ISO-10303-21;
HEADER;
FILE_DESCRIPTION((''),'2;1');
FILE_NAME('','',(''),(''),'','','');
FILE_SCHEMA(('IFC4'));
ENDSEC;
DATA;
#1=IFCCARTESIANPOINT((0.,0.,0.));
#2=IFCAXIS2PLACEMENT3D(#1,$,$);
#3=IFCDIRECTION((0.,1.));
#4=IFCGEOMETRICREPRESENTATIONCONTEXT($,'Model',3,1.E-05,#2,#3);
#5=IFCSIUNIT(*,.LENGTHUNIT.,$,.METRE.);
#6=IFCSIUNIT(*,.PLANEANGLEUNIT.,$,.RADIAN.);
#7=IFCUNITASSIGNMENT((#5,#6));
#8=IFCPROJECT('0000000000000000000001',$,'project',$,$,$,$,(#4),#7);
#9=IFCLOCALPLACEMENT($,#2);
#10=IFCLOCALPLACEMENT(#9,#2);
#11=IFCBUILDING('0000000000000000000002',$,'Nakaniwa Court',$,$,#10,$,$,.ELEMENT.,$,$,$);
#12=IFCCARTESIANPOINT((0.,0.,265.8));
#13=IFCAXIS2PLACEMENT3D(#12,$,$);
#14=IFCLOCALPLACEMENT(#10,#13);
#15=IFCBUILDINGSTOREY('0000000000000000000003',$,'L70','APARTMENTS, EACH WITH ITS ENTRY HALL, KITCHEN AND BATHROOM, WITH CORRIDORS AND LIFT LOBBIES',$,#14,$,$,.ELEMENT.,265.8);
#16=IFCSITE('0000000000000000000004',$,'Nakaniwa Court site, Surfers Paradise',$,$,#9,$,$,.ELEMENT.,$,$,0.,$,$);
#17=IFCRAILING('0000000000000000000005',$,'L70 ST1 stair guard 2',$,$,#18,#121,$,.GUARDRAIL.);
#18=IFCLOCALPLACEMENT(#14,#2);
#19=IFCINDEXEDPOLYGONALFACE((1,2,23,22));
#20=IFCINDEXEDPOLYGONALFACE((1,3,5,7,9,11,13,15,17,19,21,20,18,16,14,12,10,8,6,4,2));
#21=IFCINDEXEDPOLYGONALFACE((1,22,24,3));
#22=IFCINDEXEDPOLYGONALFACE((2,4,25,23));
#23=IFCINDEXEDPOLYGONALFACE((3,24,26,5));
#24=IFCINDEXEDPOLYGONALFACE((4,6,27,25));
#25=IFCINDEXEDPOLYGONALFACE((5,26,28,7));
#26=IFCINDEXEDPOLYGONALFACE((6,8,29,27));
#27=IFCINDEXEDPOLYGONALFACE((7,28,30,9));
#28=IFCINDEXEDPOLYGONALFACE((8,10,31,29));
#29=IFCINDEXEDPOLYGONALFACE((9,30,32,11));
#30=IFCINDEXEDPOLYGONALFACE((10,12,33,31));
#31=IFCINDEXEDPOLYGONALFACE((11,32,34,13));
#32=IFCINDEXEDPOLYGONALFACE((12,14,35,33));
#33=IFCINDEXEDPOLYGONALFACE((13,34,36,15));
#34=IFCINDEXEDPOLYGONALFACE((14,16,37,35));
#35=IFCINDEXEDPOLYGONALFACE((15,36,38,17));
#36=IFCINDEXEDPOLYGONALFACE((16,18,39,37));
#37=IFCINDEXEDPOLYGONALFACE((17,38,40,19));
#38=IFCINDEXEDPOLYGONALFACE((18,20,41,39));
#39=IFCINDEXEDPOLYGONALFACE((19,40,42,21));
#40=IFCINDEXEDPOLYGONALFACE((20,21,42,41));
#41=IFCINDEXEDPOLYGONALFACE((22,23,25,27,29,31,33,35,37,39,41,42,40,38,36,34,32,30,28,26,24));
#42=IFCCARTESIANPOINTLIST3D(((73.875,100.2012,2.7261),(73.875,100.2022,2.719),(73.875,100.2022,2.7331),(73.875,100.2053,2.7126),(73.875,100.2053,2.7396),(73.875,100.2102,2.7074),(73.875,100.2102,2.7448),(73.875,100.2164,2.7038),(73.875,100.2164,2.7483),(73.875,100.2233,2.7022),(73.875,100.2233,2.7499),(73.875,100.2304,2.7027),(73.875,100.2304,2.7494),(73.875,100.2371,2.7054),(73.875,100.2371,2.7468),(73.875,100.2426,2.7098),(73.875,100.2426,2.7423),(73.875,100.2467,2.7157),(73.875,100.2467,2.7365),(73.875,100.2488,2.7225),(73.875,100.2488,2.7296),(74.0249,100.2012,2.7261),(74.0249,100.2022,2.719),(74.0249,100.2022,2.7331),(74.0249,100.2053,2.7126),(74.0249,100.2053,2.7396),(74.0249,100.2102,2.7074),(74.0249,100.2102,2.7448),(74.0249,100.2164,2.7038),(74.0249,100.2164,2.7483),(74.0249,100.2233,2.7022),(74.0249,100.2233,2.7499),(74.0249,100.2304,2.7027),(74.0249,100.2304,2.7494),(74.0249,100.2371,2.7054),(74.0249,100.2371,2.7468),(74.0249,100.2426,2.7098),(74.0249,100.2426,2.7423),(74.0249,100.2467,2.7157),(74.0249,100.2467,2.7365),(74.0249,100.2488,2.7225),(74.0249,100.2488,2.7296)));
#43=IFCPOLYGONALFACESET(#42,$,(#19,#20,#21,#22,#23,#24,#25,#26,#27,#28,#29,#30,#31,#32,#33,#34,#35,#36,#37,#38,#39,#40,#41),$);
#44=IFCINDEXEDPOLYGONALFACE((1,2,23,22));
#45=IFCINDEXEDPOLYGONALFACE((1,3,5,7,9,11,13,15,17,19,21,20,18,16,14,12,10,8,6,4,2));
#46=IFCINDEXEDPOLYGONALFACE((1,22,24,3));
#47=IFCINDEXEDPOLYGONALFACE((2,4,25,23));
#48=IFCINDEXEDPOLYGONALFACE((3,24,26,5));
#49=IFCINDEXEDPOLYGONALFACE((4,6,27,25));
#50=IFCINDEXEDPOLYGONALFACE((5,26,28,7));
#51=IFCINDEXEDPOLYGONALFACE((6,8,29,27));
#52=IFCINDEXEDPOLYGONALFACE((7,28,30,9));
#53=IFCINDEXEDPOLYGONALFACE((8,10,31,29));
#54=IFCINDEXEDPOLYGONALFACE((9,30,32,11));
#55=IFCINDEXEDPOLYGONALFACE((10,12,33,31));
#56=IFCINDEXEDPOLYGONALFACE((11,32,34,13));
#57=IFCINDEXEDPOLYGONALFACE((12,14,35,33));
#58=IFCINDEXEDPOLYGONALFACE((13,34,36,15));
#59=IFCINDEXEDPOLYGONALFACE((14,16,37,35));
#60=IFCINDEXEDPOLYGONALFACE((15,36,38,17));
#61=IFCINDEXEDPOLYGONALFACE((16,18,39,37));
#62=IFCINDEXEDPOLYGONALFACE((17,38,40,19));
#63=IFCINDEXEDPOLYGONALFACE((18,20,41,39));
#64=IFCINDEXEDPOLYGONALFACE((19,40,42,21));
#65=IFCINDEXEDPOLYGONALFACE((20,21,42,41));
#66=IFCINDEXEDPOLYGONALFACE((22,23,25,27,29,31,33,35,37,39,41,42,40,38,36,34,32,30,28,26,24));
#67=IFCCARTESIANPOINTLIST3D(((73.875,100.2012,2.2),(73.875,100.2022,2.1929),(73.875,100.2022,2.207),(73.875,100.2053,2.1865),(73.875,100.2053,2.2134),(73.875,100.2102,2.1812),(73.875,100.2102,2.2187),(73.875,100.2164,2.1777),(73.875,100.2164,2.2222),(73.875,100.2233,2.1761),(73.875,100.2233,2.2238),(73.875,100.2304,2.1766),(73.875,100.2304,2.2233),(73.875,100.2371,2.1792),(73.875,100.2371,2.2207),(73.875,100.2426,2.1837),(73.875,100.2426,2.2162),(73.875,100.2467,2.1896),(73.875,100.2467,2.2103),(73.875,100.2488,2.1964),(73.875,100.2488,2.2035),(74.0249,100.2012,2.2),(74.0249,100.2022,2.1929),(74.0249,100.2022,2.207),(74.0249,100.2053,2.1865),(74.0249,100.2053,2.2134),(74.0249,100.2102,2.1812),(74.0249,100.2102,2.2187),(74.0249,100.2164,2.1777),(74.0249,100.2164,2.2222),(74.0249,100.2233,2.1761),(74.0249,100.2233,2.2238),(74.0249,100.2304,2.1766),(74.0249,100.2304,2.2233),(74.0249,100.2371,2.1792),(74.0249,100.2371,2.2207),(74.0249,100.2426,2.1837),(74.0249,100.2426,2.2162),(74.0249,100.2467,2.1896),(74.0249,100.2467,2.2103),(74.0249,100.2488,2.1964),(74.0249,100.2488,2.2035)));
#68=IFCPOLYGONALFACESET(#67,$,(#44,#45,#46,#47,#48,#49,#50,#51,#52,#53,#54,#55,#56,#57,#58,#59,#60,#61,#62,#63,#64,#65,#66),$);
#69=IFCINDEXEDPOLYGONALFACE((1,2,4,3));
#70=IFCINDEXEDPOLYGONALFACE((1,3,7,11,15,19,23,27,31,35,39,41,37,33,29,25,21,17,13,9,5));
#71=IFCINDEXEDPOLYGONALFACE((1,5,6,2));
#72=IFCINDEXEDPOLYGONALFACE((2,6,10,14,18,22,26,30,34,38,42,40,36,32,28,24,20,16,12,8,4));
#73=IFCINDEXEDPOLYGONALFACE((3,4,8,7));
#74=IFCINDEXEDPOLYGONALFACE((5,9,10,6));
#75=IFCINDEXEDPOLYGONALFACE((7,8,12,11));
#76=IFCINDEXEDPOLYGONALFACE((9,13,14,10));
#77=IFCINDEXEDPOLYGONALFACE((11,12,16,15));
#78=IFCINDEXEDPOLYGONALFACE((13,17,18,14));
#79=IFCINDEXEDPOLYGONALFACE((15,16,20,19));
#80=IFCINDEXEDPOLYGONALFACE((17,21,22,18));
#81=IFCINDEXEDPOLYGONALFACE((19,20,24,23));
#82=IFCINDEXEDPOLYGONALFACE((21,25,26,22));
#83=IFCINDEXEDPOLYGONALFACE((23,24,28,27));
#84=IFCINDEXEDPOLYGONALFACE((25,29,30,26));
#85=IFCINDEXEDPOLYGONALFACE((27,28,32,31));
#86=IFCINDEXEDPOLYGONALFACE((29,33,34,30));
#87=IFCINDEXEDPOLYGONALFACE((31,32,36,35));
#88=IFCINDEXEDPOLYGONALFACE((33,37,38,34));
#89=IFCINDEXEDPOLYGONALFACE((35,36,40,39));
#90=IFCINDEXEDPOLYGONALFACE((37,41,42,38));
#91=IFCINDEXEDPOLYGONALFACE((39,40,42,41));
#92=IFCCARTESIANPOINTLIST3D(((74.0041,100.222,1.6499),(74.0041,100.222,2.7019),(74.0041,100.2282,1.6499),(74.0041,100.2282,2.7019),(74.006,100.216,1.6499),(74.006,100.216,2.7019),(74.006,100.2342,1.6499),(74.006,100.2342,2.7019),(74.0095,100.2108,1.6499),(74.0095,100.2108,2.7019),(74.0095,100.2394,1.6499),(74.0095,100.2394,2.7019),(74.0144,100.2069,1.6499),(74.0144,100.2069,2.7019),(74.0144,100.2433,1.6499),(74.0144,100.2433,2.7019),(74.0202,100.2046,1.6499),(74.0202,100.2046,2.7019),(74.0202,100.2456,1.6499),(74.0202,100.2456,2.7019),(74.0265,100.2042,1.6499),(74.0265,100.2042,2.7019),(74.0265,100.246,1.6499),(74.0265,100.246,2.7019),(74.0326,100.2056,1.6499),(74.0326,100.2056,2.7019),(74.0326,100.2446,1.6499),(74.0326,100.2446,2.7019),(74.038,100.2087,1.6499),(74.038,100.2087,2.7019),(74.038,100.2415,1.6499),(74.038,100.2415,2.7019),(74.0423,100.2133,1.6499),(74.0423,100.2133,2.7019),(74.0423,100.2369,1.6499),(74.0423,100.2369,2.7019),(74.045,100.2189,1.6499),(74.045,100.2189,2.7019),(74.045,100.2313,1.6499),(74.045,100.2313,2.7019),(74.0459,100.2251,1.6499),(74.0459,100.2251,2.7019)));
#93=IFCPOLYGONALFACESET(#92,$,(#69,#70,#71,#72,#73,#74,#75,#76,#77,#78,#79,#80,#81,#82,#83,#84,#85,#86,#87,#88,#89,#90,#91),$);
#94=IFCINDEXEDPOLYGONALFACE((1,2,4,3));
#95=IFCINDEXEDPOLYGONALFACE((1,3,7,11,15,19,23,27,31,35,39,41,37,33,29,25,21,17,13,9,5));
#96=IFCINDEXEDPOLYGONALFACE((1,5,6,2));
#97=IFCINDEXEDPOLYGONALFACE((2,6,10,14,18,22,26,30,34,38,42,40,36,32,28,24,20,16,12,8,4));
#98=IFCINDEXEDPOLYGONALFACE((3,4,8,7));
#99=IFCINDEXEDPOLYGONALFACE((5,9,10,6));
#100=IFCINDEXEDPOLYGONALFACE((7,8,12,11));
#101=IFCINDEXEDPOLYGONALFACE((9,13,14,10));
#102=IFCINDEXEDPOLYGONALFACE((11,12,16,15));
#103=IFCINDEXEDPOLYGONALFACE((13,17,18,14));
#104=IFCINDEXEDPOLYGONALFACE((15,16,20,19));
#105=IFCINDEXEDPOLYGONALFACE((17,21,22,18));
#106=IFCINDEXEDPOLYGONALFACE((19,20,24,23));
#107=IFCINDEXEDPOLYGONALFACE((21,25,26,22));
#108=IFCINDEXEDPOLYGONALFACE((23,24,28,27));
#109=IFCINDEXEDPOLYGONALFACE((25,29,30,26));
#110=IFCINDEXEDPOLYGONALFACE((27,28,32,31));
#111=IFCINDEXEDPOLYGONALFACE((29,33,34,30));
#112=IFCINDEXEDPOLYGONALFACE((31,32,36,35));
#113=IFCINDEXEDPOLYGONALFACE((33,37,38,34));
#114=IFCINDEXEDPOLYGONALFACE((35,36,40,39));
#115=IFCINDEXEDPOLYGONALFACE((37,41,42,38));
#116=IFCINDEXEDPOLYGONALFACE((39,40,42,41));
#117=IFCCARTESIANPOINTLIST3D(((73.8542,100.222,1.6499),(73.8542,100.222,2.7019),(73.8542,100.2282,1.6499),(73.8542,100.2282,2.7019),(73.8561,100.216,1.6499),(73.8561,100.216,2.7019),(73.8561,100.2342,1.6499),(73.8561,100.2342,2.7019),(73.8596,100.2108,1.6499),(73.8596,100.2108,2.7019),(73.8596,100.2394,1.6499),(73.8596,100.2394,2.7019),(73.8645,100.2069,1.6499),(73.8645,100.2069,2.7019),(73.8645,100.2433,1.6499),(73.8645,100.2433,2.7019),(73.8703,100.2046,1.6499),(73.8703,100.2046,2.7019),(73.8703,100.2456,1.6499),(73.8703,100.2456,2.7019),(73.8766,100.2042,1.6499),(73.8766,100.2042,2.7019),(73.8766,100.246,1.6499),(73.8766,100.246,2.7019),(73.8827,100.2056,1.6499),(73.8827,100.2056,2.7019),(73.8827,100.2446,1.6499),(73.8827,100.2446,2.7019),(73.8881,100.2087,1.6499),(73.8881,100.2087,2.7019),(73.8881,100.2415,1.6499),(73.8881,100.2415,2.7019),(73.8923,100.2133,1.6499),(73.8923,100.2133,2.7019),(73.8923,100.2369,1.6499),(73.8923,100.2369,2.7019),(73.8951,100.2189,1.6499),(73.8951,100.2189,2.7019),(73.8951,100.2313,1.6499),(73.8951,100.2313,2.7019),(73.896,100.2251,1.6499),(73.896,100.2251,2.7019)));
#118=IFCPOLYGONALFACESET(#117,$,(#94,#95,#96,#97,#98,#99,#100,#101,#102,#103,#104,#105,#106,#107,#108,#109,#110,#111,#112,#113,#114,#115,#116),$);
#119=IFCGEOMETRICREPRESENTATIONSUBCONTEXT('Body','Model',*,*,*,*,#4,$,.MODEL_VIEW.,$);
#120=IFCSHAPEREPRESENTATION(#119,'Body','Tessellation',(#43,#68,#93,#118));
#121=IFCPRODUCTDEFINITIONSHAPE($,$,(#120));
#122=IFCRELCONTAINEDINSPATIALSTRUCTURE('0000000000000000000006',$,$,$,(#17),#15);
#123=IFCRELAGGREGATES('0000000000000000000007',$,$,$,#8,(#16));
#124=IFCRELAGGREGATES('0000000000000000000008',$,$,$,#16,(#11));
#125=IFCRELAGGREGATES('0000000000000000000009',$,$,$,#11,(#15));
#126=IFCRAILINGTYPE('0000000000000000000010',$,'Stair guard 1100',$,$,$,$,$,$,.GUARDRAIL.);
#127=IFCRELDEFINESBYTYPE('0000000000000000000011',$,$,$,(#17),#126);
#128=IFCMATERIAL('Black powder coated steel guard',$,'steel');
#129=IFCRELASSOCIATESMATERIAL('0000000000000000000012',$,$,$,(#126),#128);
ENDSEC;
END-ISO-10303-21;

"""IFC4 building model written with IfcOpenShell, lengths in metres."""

from ifc_helpers import new_model, si_unit, direction, frame, origin, origin_2d, place, context, subcontext, project, spatial, circle, extrude, material, type_object, element, save


model = new_model("IFC4")

# Units and contexts
model_context = context("Model", 3, precision=1e-05, world=origin(), true_north=direction((0.0, 1.0)))
body_context = subcontext(model_context, "Body", "Model", "MODEL_VIEW")
ifc_project = project(units=[si_unit("LENGTHUNIT", "METRE"), si_unit("PLANEANGLEUNIT", "RADIAN")], contexts=[model_context])

# Site, building, storey
site_placement = place(None, origin())
site = spatial("IfcSite", under=ifc_project, at=site_placement, Name="Nakaniwa Court site, Surfers Paradise", CompositionType="ELEMENT", RefElevation=0.0)
building_placement = place(site_placement, origin())
building = spatial("IfcBuilding", under=site, at=building_placement, Name="Nakaniwa Court", CompositionType="ELEMENT")
storey_placement = place(building_placement, frame((0.0, 0.0, 265.8)))
storey = spatial("IfcBuildingStorey", under=building, at=storey_placement, Name="L70", Description="APARTMENTS, EACH WITH ITS ENTRY HALL, KITCHEN AND BATHROOM, WITH CORRIDORS AND LIFT LOBBIES", CompositionType="ELEMENT", Elevation=265.8)

# Railing
ifc_material_1 = material(Name="Black powder coated steel guard", Category="steel")
railing_type_1 = type_object("IfcRailingType", Name="Stair guard 1100", PredefinedType="GUARDRAIL", material=ifc_material_1)
railing_1_placement = place(storey_placement, frame((74.0249, 100.2251, 1.6499)))
element("IfcRailing", 1, at=railing_1_placement, inside=storey, type_object=railing_type_1, Name="L70 ST1 stair guard 2", PredefinedType="GUARDRAIL", context=body_context, shape_type="SweptSolid", body=[
    extrude(circle(Radius=0.0239, at=origin_2d()), frame((0.0, 0.0, 1.0762), z_axis=(-1.0, 0.0, 0.0), x_axis=(0.0, -1.0, 0.0)), (0.0, 0.0, 1.0), 0.1499),
    extrude(circle(Radius=0.0239, at=origin_2d()), frame((0.0, 0.0, 0.55), z_axis=(-1.0, 0.0, 0.0), x_axis=(0.0, -1.0, 0.0)), (0.0, 0.0, 1.0), 0.1499),
    extrude(circle(Radius=0.021, at=origin_2d()), origin(), (0.0, 0.0, 1.0), 1.052),
    extrude(circle(Radius=0.021, at=origin_2d()), frame((-0.1499, 0.0, 0.0)), (0.0, 0.0, 1.0), 1.052),
])

save(model, "model.ifc")
